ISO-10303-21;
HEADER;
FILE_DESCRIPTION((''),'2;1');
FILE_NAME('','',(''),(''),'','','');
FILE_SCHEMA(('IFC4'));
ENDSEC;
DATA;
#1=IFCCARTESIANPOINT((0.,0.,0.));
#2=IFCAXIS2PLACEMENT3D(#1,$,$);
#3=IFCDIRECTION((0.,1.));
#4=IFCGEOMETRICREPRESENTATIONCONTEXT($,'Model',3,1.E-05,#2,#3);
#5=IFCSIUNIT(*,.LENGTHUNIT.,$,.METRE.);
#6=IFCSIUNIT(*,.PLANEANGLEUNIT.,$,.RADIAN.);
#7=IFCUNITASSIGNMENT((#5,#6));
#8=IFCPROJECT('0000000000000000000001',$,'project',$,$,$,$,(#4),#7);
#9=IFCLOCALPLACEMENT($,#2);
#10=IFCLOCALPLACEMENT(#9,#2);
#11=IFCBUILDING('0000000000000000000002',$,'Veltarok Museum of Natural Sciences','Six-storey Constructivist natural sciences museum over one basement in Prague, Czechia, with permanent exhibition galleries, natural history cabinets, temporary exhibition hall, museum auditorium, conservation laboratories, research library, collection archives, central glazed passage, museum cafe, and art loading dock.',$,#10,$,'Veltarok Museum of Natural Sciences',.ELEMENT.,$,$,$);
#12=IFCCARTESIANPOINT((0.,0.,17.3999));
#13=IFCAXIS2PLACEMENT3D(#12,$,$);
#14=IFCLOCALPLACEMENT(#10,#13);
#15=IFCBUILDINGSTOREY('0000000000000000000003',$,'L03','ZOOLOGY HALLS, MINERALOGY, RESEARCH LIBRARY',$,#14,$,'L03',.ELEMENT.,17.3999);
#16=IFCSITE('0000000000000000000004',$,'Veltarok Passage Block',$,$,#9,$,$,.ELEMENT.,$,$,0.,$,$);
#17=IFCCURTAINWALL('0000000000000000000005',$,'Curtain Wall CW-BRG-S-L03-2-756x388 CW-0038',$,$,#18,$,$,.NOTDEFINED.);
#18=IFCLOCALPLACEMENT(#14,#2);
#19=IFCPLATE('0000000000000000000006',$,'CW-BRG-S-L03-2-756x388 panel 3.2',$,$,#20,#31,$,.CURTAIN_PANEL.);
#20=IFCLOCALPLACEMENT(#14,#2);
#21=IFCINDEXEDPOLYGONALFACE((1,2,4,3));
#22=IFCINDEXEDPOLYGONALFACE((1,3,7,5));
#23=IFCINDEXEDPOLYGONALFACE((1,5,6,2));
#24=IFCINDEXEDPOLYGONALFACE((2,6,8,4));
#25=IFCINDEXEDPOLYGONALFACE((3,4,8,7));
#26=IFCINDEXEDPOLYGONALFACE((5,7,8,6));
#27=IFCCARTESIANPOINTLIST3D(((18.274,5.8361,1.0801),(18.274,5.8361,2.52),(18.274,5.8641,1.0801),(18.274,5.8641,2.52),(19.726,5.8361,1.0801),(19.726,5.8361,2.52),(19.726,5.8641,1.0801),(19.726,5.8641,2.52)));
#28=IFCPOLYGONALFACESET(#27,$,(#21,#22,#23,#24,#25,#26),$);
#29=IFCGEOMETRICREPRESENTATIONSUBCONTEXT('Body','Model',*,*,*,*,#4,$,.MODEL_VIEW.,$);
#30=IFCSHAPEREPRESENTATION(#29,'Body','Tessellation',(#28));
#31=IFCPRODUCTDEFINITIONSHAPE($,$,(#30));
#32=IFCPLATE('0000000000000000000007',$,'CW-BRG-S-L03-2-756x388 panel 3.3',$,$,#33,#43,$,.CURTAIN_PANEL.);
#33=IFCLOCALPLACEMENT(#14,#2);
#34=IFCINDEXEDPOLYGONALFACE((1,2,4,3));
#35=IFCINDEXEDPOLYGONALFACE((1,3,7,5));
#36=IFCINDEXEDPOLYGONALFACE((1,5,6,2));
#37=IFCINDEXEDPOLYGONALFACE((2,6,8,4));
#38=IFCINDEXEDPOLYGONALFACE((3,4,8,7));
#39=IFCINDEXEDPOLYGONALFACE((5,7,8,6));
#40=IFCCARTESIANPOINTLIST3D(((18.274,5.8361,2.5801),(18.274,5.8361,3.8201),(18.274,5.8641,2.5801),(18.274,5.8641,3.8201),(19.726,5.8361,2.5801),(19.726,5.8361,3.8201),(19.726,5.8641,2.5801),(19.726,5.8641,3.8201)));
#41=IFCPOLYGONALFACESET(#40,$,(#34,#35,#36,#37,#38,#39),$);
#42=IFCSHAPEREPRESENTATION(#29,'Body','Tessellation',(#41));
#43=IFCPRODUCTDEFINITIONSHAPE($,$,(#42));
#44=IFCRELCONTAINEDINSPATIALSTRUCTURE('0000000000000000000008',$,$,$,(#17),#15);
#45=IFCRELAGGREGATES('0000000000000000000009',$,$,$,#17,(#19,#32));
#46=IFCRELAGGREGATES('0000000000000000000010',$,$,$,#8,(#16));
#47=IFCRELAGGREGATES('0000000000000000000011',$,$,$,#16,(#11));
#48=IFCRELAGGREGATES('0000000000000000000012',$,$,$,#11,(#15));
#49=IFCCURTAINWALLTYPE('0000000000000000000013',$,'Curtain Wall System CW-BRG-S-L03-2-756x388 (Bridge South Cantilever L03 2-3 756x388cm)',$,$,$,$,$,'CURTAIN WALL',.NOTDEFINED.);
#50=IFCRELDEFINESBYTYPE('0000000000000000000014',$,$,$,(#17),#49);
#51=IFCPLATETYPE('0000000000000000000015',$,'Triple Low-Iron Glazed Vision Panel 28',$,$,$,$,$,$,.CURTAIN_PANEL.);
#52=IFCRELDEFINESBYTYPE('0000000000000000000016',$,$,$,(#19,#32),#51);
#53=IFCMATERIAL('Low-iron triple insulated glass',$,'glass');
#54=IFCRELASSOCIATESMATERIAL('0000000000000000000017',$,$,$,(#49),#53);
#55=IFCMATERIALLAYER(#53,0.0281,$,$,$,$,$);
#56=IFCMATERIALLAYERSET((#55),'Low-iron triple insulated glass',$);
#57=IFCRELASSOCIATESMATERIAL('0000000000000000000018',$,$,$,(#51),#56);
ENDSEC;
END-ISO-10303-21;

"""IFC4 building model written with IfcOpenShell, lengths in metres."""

from ifc_helpers import new_model, si_unit, direction, frame, origin, origin_2d, place, context, subcontext, project, spatial, rectangle, extrude, material, layer, layer_set, type_object, element, aggregate, save


model = new_model("IFC4")

# Units and contexts
model_context = context("Model", 3, precision=1e-05, world=origin(), true_north=direction((0.0, 1.0)))
body_context = subcontext(model_context, "Body", "Model", "MODEL_VIEW")
ifc_project = project(units=[si_unit("LENGTHUNIT", "METRE"), si_unit("PLANEANGLEUNIT", "RADIAN")], contexts=[model_context])

# Site, building, storey
site_placement = place(None, origin())
site = spatial("IfcSite", under=ifc_project, at=site_placement, Name="Veltarok Passage Block", CompositionType="ELEMENT", RefElevation=0.0)
building_placement = place(site_placement, origin())
building = spatial("IfcBuilding", under=site, at=building_placement, Name="Veltarok Museum of Natural Sciences", Description="Six-storey Constructivist natural sciences museum over one basement in Prague, Czechia, with permanent exhibition galleries, natural history cabinets, temporary exhibition hall, museum auditorium, conservation laboratories, research library, collection archives, central glazed passage, museum cafe, and art loading dock.", LongName="Veltarok Museum of Natural Sciences", CompositionType="ELEMENT")
storey_placement = place(building_placement, frame((0.0, 0.0, 17.3999)))
storey = spatial("IfcBuildingStorey", under=building, at=storey_placement, Name="L03", Description="ZOOLOGY HALLS, MINERALOGY, RESEARCH LIBRARY", LongName="L03", CompositionType="ELEMENT", Elevation=17.3999)

# Curtain wall
ifc_material_1 = material(Name="Low-iron triple insulated glass", Category="glass")
curtain_wall_type_1 = type_object("IfcCurtainWallType", Name="Curtain Wall System CW-BRG-S-L03-2-756x388 (Bridge South Cantilever L03 2-3 756x388cm)", ElementType="CURTAIN WALL", PredefinedType="NOTDEFINED", material=ifc_material_1)
curtain_wall_1_placement = place(storey_placement, origin())
curtain_wall_1 = element("IfcCurtainWall", 1, at=curtain_wall_1_placement, inside=storey, type_object=curtain_wall_type_1, Name="Curtain Wall CW-BRG-S-L03-2-756x388 CW-0038", PredefinedType="NOTDEFINED")

# Plates
ifc_layer = layer(ifc_material_1, 0.0281)
ifc_layer_set = layer_set([ifc_layer], Name="Low-iron triple insulated glass")
plate_type = type_object("IfcPlateType", Name="Triple Low-Iron Glazed Vision Panel 28", PredefinedType="CURTAIN_PANEL", material=ifc_layer_set)
plate_1_placement = place(storey_placement, frame((19.0, 5.8501, 1.0801), z_axis=(0.0, 0.0, 1.0), x_axis=(1.0, 0.0, 0.0)))
plate_1 = element("IfcPlate", 2, at=plate_1_placement, type_object=plate_type, Name="CW-BRG-S-L03-2-756x388 panel 3.2", PredefinedType="CURTAIN_PANEL", context=body_context, shape_type="SweptSolid", body=[
    extrude(rectangle(XDim=1.4519, YDim=0.0281, at=origin_2d()), origin(), (0.0, 0.0, 1.0), 1.4399),
])
plate_2_placement = place(storey_placement, frame((19.0, 5.8501, 2.5801), z_axis=(0.0, 0.0, 1.0), x_axis=(1.0, 0.0, 0.0)))
plate_2 = element("IfcPlate", 3, at=plate_2_placement, type_object=plate_type, Name="CW-BRG-S-L03-2-756x388 panel 3.3", PredefinedType="CURTAIN_PANEL", context=body_context, shape_type="SweptSolid", body=[
    extrude(rectangle(XDim=1.4519, YDim=0.0281, at=origin_2d()), origin(), (0.0, 0.0, 1.0), 1.24),
])
aggregate(curtain_wall_1, [plate_1, plate_2])

save(model, "model.ifc")
